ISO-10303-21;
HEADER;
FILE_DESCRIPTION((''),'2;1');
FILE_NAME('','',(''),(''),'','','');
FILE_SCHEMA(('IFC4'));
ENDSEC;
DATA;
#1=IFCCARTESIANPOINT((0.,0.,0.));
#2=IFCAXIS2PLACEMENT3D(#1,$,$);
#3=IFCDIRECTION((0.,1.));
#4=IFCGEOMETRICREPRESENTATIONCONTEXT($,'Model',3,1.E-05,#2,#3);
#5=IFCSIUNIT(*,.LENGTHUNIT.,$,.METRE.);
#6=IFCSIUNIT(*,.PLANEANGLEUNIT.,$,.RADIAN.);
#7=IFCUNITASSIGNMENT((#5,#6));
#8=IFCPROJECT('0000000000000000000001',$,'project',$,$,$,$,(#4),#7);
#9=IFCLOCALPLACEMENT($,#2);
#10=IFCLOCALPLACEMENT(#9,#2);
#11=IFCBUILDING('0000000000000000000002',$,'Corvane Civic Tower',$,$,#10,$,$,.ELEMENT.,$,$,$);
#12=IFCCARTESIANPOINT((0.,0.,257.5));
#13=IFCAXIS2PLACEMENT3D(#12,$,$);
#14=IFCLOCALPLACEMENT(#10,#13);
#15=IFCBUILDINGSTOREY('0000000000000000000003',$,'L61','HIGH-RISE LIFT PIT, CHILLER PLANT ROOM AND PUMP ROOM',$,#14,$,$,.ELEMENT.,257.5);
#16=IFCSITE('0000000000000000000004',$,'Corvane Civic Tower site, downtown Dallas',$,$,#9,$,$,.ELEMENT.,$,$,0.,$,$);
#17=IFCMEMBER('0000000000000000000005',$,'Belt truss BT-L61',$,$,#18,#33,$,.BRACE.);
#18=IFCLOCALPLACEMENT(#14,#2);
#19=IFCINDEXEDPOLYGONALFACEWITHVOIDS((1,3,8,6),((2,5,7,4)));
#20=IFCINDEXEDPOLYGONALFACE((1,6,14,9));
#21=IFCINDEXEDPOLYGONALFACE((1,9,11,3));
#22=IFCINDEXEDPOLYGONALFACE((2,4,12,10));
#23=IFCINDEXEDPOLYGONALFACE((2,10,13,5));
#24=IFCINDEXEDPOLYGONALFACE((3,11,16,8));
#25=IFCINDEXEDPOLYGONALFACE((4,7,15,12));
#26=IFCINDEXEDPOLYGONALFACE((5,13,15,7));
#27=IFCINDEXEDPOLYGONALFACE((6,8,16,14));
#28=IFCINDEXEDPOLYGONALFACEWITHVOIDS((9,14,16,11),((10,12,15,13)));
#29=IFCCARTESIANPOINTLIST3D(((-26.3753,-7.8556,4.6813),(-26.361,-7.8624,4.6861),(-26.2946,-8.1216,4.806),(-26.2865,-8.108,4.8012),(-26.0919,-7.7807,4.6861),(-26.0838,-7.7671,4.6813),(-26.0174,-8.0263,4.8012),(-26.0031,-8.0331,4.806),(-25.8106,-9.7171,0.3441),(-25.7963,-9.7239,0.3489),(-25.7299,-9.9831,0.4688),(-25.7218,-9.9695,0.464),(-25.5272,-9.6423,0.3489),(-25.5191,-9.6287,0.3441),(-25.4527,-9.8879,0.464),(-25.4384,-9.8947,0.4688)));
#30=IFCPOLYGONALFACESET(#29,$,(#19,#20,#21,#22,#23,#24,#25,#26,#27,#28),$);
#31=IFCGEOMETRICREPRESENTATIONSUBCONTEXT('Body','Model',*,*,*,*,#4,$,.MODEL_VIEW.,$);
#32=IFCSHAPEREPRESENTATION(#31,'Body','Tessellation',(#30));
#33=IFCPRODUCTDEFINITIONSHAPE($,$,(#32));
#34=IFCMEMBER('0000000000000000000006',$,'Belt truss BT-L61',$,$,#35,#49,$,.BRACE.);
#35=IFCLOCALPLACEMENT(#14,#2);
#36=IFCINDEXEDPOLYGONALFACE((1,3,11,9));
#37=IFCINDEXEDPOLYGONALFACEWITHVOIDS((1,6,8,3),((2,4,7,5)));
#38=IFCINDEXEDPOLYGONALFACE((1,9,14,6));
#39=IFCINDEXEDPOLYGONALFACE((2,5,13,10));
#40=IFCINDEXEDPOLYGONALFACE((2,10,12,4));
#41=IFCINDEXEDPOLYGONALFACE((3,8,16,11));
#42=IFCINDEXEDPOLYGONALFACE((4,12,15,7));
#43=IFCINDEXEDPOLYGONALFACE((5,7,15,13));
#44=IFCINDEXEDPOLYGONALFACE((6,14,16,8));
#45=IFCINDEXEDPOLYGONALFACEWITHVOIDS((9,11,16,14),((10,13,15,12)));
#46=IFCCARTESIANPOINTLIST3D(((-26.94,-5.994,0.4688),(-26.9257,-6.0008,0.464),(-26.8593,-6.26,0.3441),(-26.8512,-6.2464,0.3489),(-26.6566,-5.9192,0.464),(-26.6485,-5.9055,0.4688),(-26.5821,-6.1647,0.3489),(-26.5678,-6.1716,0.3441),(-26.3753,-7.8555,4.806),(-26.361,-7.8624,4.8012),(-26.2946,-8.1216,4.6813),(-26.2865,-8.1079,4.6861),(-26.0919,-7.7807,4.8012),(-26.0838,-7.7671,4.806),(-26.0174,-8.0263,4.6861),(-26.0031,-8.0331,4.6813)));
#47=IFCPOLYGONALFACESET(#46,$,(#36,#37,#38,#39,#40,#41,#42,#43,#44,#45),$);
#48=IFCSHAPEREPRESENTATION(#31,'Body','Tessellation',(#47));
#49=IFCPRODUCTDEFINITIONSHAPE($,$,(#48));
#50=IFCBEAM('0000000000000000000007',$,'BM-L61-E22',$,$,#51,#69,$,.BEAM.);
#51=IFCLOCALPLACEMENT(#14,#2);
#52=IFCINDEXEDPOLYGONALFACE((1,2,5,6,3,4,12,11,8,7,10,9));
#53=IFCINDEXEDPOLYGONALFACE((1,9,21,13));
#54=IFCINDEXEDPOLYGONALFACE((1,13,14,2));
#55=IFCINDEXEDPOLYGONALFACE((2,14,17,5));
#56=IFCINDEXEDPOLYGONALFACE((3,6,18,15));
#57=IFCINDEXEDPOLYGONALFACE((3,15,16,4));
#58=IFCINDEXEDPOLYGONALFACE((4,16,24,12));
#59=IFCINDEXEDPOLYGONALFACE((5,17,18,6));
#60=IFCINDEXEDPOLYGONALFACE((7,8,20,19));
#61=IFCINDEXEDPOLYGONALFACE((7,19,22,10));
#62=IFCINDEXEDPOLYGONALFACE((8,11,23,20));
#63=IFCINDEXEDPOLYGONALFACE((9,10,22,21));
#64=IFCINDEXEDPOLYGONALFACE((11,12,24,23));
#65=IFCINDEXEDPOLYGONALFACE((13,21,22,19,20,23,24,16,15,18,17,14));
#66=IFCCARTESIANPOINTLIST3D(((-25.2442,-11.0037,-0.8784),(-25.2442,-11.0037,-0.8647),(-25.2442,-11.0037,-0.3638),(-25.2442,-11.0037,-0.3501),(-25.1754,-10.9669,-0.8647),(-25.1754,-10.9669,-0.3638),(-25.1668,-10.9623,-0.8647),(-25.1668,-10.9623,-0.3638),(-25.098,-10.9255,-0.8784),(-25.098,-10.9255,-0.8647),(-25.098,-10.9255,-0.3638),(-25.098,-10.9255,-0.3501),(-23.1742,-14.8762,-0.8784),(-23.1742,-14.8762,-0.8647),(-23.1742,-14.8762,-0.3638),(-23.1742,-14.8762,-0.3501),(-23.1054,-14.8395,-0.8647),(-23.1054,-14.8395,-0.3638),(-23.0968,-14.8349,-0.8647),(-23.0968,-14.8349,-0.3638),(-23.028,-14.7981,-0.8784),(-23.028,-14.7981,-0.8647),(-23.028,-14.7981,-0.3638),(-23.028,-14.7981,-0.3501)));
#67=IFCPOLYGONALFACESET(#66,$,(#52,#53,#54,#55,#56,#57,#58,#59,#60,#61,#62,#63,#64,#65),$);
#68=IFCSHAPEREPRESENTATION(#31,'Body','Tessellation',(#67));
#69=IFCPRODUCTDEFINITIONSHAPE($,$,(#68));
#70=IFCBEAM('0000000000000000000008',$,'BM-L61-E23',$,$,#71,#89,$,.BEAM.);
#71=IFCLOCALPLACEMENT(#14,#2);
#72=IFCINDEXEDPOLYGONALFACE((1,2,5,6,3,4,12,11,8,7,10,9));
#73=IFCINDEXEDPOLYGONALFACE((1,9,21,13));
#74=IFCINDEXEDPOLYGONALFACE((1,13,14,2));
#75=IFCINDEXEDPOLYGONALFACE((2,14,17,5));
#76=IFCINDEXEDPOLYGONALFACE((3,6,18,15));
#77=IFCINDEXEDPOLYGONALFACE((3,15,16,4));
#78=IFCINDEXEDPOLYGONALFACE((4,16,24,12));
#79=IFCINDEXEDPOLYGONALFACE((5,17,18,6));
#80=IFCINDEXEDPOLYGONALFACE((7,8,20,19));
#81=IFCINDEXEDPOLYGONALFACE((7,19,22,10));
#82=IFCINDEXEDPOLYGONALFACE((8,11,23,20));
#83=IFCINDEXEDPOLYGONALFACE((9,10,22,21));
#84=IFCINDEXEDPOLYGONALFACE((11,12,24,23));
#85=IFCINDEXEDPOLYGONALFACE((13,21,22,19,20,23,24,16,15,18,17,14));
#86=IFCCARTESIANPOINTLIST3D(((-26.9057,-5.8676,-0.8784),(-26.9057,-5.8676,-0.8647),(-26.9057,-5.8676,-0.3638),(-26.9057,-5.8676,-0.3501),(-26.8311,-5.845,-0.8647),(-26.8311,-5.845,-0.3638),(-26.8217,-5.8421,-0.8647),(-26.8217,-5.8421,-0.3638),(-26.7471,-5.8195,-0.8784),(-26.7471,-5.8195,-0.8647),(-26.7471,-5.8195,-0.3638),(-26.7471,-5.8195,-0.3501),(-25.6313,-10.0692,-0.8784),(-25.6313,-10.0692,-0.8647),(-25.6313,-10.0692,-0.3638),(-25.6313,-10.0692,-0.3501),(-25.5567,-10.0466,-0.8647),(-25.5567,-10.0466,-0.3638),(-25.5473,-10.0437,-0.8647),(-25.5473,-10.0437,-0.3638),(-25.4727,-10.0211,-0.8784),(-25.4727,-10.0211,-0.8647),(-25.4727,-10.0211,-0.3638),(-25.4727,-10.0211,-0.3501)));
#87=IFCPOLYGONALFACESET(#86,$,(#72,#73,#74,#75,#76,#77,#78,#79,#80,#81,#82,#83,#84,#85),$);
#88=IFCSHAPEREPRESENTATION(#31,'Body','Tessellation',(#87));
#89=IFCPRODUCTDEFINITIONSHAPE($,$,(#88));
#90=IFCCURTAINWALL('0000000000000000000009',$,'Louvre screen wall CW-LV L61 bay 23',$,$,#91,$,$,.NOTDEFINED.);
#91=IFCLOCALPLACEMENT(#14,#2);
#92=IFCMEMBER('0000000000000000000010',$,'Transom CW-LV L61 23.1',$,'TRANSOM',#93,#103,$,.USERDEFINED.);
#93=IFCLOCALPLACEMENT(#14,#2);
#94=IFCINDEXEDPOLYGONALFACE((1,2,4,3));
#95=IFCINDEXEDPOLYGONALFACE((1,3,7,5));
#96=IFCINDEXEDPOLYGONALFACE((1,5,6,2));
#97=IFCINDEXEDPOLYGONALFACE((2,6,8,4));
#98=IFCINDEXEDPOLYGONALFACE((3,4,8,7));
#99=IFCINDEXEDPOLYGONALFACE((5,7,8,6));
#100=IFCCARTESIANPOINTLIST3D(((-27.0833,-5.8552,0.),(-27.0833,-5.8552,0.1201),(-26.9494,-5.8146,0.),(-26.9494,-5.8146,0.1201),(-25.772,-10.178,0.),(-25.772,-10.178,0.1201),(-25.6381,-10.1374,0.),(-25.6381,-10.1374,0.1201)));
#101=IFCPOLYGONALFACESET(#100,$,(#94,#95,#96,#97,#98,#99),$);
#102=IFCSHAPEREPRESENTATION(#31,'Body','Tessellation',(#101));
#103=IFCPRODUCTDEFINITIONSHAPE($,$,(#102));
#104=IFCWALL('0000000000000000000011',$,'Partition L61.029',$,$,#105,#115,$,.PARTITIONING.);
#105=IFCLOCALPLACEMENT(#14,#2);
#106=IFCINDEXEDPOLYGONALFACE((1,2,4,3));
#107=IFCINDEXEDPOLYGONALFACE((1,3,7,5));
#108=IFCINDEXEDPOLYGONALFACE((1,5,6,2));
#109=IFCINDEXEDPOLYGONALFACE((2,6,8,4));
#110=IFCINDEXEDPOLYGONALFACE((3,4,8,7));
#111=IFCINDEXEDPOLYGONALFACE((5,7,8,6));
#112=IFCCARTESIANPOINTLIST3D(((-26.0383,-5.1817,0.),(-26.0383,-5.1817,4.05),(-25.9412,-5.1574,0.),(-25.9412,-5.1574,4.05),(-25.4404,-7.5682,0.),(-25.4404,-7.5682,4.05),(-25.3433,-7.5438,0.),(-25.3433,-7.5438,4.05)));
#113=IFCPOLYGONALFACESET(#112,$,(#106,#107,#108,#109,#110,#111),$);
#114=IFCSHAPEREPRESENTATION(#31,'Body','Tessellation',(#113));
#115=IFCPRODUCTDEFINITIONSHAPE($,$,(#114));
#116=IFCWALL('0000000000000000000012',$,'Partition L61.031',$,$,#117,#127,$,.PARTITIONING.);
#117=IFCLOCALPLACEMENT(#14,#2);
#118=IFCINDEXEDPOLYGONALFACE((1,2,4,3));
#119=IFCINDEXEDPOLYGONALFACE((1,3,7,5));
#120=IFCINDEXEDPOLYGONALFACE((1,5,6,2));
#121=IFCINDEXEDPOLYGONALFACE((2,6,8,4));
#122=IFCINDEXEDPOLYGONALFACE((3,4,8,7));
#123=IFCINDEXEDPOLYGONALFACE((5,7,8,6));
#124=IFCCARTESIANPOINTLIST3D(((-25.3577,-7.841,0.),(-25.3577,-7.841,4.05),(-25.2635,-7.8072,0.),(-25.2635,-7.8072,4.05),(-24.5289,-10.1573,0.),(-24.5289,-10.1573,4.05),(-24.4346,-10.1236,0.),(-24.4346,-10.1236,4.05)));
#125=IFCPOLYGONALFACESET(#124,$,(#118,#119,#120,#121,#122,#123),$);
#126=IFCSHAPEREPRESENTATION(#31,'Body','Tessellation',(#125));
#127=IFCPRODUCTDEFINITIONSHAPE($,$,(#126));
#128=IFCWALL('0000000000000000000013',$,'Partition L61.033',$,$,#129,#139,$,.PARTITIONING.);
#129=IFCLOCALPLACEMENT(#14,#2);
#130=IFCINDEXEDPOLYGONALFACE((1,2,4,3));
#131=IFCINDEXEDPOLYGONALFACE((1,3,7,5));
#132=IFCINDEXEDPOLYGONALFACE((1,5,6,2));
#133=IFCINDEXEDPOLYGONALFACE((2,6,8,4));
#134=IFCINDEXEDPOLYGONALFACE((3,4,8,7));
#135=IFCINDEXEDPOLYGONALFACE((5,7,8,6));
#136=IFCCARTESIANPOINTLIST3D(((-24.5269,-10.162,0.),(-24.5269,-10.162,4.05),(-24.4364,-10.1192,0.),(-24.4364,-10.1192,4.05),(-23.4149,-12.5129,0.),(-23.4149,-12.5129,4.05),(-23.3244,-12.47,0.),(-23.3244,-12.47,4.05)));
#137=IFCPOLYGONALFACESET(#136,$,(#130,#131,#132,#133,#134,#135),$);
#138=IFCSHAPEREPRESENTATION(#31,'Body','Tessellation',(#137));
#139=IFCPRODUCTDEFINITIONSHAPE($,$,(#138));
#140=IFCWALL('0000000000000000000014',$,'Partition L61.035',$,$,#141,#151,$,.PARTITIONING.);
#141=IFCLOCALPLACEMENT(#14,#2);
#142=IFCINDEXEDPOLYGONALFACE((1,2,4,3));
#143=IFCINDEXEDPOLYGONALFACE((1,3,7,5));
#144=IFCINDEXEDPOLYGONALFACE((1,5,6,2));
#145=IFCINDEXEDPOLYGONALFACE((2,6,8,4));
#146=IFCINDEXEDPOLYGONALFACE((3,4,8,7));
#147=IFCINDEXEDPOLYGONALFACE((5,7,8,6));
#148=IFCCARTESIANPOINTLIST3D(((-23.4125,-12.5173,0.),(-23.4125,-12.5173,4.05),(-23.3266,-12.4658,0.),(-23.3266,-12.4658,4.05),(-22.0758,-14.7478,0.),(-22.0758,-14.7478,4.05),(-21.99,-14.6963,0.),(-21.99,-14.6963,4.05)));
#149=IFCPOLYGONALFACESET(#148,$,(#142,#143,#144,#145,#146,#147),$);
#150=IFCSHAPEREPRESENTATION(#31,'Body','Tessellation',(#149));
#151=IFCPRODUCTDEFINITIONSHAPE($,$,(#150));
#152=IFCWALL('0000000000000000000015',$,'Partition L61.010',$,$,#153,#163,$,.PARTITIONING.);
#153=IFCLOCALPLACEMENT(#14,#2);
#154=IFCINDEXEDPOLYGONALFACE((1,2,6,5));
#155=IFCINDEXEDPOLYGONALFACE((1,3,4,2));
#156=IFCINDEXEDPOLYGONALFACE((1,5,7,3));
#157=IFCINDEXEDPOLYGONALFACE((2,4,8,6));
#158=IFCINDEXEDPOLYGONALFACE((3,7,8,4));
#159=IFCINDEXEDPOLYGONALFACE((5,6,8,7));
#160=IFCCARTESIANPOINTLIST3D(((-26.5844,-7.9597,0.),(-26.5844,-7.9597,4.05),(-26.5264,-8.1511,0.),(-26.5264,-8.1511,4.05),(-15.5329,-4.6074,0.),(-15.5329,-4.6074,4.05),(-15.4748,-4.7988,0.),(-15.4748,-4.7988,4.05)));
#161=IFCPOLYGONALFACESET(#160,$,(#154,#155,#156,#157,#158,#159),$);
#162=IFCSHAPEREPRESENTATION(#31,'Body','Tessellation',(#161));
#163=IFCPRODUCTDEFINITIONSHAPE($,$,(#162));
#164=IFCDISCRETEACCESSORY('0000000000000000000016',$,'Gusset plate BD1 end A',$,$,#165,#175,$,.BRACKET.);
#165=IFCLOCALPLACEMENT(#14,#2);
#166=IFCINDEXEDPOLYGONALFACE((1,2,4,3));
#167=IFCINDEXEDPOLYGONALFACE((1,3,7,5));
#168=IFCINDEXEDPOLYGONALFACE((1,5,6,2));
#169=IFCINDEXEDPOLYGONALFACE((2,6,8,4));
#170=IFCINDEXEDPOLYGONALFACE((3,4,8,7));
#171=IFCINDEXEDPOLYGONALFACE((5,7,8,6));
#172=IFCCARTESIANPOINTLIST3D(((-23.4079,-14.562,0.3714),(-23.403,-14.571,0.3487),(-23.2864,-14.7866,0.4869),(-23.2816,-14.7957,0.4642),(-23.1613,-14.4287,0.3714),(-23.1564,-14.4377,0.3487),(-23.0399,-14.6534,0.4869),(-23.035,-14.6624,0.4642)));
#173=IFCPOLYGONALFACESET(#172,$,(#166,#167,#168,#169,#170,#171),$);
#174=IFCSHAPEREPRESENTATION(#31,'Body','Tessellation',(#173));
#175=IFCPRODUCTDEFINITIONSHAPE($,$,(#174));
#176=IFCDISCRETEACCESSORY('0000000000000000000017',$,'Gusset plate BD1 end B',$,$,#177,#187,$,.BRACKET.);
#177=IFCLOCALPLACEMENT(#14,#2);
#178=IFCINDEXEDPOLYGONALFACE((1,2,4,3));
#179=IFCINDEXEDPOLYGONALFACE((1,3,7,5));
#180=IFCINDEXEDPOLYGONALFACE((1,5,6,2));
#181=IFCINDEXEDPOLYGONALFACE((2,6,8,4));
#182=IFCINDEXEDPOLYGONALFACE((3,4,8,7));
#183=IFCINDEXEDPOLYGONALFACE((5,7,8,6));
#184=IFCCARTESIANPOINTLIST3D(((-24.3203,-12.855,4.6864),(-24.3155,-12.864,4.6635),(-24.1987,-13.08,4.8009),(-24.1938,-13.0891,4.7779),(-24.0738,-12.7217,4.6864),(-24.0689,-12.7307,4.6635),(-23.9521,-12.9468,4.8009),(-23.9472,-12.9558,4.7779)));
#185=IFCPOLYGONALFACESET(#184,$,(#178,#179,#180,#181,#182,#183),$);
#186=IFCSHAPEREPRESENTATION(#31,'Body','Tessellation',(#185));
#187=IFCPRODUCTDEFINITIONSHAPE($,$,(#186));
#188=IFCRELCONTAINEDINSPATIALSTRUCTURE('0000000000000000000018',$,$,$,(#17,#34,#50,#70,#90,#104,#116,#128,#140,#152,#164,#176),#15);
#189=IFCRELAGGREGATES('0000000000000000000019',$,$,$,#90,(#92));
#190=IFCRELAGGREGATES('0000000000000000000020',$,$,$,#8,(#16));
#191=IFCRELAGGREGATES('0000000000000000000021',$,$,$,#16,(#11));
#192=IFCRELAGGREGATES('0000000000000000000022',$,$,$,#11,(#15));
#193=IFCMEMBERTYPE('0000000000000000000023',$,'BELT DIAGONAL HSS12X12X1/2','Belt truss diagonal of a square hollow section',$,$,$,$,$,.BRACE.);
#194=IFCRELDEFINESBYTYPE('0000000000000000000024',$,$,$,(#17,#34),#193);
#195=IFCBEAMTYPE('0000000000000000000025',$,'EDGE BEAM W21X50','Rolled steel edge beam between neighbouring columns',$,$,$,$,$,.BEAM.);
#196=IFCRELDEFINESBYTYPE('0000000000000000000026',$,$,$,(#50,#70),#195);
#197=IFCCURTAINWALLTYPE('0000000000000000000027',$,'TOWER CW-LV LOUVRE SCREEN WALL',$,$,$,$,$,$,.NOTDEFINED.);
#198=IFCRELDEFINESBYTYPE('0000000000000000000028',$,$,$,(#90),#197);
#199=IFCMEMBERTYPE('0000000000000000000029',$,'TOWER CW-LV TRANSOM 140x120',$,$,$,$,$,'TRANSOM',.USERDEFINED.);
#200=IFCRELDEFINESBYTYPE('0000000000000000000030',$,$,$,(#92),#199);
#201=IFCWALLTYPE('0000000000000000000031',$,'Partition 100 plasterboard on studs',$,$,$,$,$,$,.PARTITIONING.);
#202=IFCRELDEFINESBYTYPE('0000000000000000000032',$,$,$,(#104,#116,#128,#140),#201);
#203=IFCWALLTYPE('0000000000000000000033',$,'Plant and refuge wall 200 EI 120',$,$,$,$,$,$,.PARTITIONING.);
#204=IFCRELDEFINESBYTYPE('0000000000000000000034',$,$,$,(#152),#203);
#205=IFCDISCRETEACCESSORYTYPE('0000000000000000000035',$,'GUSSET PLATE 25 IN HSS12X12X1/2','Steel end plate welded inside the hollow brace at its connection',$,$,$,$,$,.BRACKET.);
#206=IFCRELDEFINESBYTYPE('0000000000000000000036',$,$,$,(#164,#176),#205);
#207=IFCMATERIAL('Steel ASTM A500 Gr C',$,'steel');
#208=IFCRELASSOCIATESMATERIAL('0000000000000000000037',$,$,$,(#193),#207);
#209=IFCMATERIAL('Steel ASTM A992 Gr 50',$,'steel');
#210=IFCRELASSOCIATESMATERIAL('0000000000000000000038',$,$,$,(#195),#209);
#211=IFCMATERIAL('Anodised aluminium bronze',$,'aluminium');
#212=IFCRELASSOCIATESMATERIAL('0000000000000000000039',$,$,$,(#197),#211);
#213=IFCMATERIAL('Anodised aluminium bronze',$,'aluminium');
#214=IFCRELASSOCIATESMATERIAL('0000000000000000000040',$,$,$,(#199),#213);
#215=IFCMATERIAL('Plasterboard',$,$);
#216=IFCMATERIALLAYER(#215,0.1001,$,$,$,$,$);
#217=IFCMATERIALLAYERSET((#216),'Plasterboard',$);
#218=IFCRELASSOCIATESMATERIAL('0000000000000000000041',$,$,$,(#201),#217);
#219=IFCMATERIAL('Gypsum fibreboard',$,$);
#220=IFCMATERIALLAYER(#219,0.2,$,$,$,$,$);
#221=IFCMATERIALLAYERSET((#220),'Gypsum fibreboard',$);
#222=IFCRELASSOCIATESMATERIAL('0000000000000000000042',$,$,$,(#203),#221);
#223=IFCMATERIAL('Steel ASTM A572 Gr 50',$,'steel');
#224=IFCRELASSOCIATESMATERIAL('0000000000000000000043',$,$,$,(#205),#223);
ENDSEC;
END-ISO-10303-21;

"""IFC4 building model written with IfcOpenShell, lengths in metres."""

from ifc_helpers import new_model, si_unit, direction, frame, frame_2d, origin, origin_2d, place, context, subcontext, project, spatial, rectangle, hollow_rectangle, i_section, extrude, material, layer, layer_set, material_profile, profile_set, type_object, element, aggregate, save


model = new_model("IFC4")

# Units and contexts
model_context = context("Model", 3, precision=1e-05, world=origin(), true_north=direction((0.0, 1.0)))
body_context = subcontext(model_context, "Body", "Model", "MODEL_VIEW")
ifc_project = project(units=[si_unit("LENGTHUNIT", "METRE"), si_unit("PLANEANGLEUNIT", "RADIAN")], contexts=[model_context])

# Site, building, storey
site_placement = place(None, origin())
site = spatial("IfcSite", under=ifc_project, at=site_placement, Name="Corvane Civic Tower site, downtown Dallas", CompositionType="ELEMENT", RefElevation=0.0)
building_placement = place(site_placement, origin())
building = spatial("IfcBuilding", under=site, at=building_placement, Name="Corvane Civic Tower", CompositionType="ELEMENT")
storey_placement = place(building_placement, frame((0.0, 0.0, 257.5)))
storey = spatial("IfcBuildingStorey", under=building, at=storey_placement, Name="L61", Description="HIGH-RISE LIFT PIT, CHILLER PLANT ROOM AND PUMP ROOM", CompositionType="ELEMENT", Elevation=257.5)

# Members
ifc_material_1 = material(Name="Steel ASTM A500 Gr C", Category="steel")
ifc_material_profile_1 = material_profile(ifc_material_1, hollow_rectangle(XDim=0.3047, YDim=0.3047, WallThickness=0.0117, at=origin_2d()), Name="HSS12X12X1/2")
ifc_profile_set_1 = profile_set([ifc_material_profile_1], Name="Steel ASTM A500 Gr C")
member_type_1 = type_object("IfcMemberType", Name="BELT DIAGONAL HSS12X12X1/2", Description="Belt truss diagonal of a square hollow section", PredefinedType="BRACE", material=ifc_profile_set_1)
for number, where, z_axis, x_axis, name in (
    (1, (-25.6245, -9.8059, 0.4065), (-0.118797, 0.391626, 0.912423), (-0.956941, -0.290283, 0.0), "Belt truss BT-L61"),
    (2, (-26.7539, -6.0828, 0.4065), (0.118797, -0.391626, 0.912423), (0.956941, 0.290283, 0.0), "Belt truss BT-L61"),
):
    element("IfcMember", number, at=place(storey_placement, frame(where, z_axis=z_axis, x_axis=x_axis)), inside=storey, type_object=member_type_1, Name=name, PredefinedType="BRACE", context=body_context, shape_type="SweptSolid", body=[
        extrude(hollow_rectangle(XDim=0.3047, YDim=0.3047, WallThickness=0.0117, at=origin_2d()), origin(), (0.0, 0.0, 1.0), 4.7534),
    ])

# Beams
ifc_material_2 = material(Name="Steel ASTM A992 Gr 50", Category="steel")
ifc_material_profile_2 = material_profile(ifc_material_2, i_section(OverallWidth=0.1658, OverallDepth=0.5283, WebThickness=0.0098, FlangeThickness=0.0137, at=origin_2d()), Name="W21X50")
ifc_profile_set_2 = profile_set([ifc_material_profile_2], Name="Steel ASTM A992 Gr 50")
beam_type = type_object("IfcBeamType", Name="EDGE BEAM W21X50", Description="Rolled steel edge beam between neighbouring columns", PredefinedType="BEAM", material=ifc_profile_set_2)
beam_1_placement = place(storey_placement, frame((-23.1011, -14.8372, -0.6143), z_axis=(-0.471422, 0.881908, 0.0), x_axis=(-0.881908, -0.471422, 0.0)))
element("IfcBeam", 3, at=beam_1_placement, inside=storey, type_object=beam_type, Name="BM-L61-E22", PredefinedType="BEAM", context=body_context, shape_type="SweptSolid", body=[
    extrude(i_section(OverallWidth=0.1658, OverallDepth=0.5283, WebThickness=0.0098, FlangeThickness=0.0137, at=origin_2d()), origin(), (0.0, 0.0, 1.0), 4.3911),
])
beam_2_placement = place(storey_placement, frame((-25.552, -10.0452, -0.6143), z_axis=(-0.290254, 0.95695, 0.0), x_axis=(-0.95695, -0.290254, 0.0)))
element("IfcBeam", 4, at=beam_2_placement, inside=storey, type_object=beam_type, Name="BM-L61-E23", PredefinedType="BEAM", context=body_context, shape_type="SweptSolid", body=[
    extrude(i_section(OverallWidth=0.1658, OverallDepth=0.5283, WebThickness=0.0098, FlangeThickness=0.0137, at=origin_2d()), origin(), (0.0, 0.0, 1.0), 4.3906),
])

# Curtain wall, member
ifc_material_3 = material(Name="Anodised aluminium bronze", Category="aluminium")
curtain_wall_type = type_object("IfcCurtainWallType", Name="TOWER CW-LV LOUVRE SCREEN WALL", PredefinedType="NOTDEFINED", material=ifc_material_3)
curtain_wall_placement = place(storey_placement, origin())
curtain_wall = element("IfcCurtainWall", 5, at=curtain_wall_placement, inside=storey, type_object=curtain_wall_type, Name="Louvre screen wall CW-LV L61 bay 23", PredefinedType="NOTDEFINED")
ifc_material_4 = material(Name="Anodised aluminium bronze", Category="aluminium")
ifc_material_profile_3 = material_profile(ifc_material_4, rectangle(XDim=0.1399, YDim=0.1201, at=origin_2d()), Name="TOWER CW-LV TRANSOM 140x120")
ifc_profile_set_3 = profile_set([ifc_material_profile_3], Name="Anodised aluminium bronze")
member_type_2 = type_object("IfcMemberType", Name="TOWER CW-LV TRANSOM 140x120", ElementType="TRANSOM", PredefinedType="USERDEFINED", material=ifc_profile_set_3)
member_1_placement = place(storey_placement, frame((-25.7051, -10.1577, 0.0601), z_axis=(-0.290282, 0.956941, 0.0), x_axis=(-0.956941, -0.290282, 0.0)))
member_1 = element("IfcMember", 6, at=member_1_placement, type_object=member_type_2, Name="Transom CW-LV L61 23.1", ObjectType="TRANSOM", PredefinedType="USERDEFINED", context=body_context, shape_type="SweptSolid", body=[
    extrude(rectangle(XDim=0.1399, YDim=0.1201, at=origin_2d()), origin(), (0.0, 0.0, 1.0), 4.5173),
])

# Walls
ifc_material_5 = material(Name="Plasterboard")
ifc_layer_1 = layer(ifc_material_5, 0.1001)
ifc_layer_set_1 = layer_set([ifc_layer_1], Name="Plasterboard")
wall_type_1 = type_object("IfcWallType", Name="Partition 100 plasterboard on studs", PredefinedType="PARTITIONING", material=ifc_layer_set_1)
for number, where, z_axis, x_axis, name in (
    (7, (-25.9897, -5.1697, 0.0), (0.0, 0.0, 1.0), (0.243026, -0.97002, 0.0), "Partition L61.029"),
    (8, (-25.3105, -7.8242, 0.0), (0.0, 0.0, 1.0), (0.336902, -0.94154, 0.0), "Partition L61.031"),
):
    element("IfcWall", number, at=place(storey_placement, frame(where, z_axis=z_axis, x_axis=x_axis)), inside=storey, type_object=wall_type_1, Name=name, PredefinedType="PARTITIONING", context=body_context, shape_type="SweptSolid", body=[
        extrude(rectangle(XDim=2.4602, YDim=0.1001, at=frame_2d((1.23, 0.0))), origin(), (0.0, 0.0, 1.0), 4.05),
    ])
wall_1_placement = place(storey_placement, frame((-24.4817, -10.1406, 0.0), z_axis=(0.0, 0.0, 1.0), x_axis=(0.427618, -0.903959, 0.0)))
element("IfcWall", 9, at=wall_1_placement, inside=storey, type_object=wall_type_1, Name="Partition L61.033", PredefinedType="PARTITIONING", context=body_context, shape_type="SweptSolid", body=[
    extrude(rectangle(XDim=2.6006, YDim=0.1001, at=frame_2d((1.3003, 0.0))), origin(), (0.0, 0.0, 1.0), 4.05),
])
wall_2_placement = place(storey_placement, frame((-23.3696, -12.4915, 0.0), z_axis=(0.0, 0.0, 1.0), x_axis=(0.51404, -0.857766, 0.0)))
element("IfcWall", 10, at=wall_2_placement, inside=storey, type_object=wall_type_1, Name="Partition L61.035", PredefinedType="PARTITIONING", context=body_context, shape_type="SweptSolid", body=[
    extrude(rectangle(XDim=2.6003, YDim=0.1001, at=frame_2d((1.3003, 0.0))), origin(), (0.0, 0.0, 1.0), 4.05),
])
ifc_material_6 = material(Name="Gypsum fibreboard")
ifc_layer_2 = layer(ifc_material_6, 0.2)
ifc_layer_set_2 = layer_set([ifc_layer_2], Name="Gypsum fibreboard")
wall_type_2 = type_object("IfcWallType", Name="Plant and refuge wall 200 EI 120", PredefinedType="PARTITIONING", material=ifc_layer_set_2)
wall_3_placement = place(storey_placement, frame((-26.5554, -8.0554, 0.0), z_axis=(0.0, 0.0, 1.0), x_axis=(0.956944, 0.290273, 0.0)))
element("IfcWall", 11, at=wall_3_placement, inside=storey, type_object=wall_type_2, Name="Partition L61.010", PredefinedType="PARTITIONING", context=body_context, shape_type="SweptSolid", body=[
    extrude(rectangle(XDim=11.5488, YDim=0.2, at=frame_2d((5.7744, 0.0))), origin(), (0.0, 0.0, 1.0), 4.05),
])

aggregate(curtain_wall, [member_1])

# Discrete accessories
ifc_material_7 = material(Name="Steel ASTM A572 Gr 50", Category="steel")
ifc_material_profile_4 = material_profile(ifc_material_7, rectangle(XDim=0.2803, YDim=0.2803, at=origin_2d()), Name="GUSSET PLATE 25 IN HSS12X12X1/2")
ifc_profile_set_4 = profile_set([ifc_material_profile_4], Name="Steel ASTM A572 Gr 50")
discrete_accessory_type = type_object("IfcDiscreteAccessoryType", Name="GUSSET PLATE 25 IN HSS12X12X1/2", Description="Steel end plate welded inside the hollow brace at its connection", PredefinedType="BRACKET", material=ifc_profile_set_4)
discrete_accessory_1_placement = place(storey_placement, frame((-23.219, -14.6167, 0.4065), z_axis=(-0.195947, 0.362501, 0.911152), x_axis=(-0.879707, -0.475517, 0.0)))
element("IfcDiscreteAccessory", 12, at=discrete_accessory_1_placement, inside=storey, type_object=discrete_accessory_type, Name="Gusset plate BD1 end A", PredefinedType="BRACKET", context=body_context, shape_type="SweptSolid", body=[
    extrude(rectangle(XDim=0.2803, YDim=0.2803, at=origin_2d()), origin(), (0.0, 0.0, 1.0), 0.0249),
])
discrete_accessory_2_placement = place(storey_placement, frame((-24.1362, -12.9009, 4.7437), z_axis=(0.194211, -0.359291, -0.912793), x_axis=(0.879707, 0.475517, 0.0)))
element("IfcDiscreteAccessory", 13, at=discrete_accessory_2_placement, inside=storey, type_object=discrete_accessory_type, Name="Gusset plate BD1 end B", PredefinedType="BRACKET", context=body_context, shape_type="SweptSolid", body=[
    extrude(rectangle(XDim=0.2803, YDim=0.2803, at=origin_2d()), origin(), (0.0, 0.0, 1.0), 0.0251),
])

save(model, "model.ifc")
